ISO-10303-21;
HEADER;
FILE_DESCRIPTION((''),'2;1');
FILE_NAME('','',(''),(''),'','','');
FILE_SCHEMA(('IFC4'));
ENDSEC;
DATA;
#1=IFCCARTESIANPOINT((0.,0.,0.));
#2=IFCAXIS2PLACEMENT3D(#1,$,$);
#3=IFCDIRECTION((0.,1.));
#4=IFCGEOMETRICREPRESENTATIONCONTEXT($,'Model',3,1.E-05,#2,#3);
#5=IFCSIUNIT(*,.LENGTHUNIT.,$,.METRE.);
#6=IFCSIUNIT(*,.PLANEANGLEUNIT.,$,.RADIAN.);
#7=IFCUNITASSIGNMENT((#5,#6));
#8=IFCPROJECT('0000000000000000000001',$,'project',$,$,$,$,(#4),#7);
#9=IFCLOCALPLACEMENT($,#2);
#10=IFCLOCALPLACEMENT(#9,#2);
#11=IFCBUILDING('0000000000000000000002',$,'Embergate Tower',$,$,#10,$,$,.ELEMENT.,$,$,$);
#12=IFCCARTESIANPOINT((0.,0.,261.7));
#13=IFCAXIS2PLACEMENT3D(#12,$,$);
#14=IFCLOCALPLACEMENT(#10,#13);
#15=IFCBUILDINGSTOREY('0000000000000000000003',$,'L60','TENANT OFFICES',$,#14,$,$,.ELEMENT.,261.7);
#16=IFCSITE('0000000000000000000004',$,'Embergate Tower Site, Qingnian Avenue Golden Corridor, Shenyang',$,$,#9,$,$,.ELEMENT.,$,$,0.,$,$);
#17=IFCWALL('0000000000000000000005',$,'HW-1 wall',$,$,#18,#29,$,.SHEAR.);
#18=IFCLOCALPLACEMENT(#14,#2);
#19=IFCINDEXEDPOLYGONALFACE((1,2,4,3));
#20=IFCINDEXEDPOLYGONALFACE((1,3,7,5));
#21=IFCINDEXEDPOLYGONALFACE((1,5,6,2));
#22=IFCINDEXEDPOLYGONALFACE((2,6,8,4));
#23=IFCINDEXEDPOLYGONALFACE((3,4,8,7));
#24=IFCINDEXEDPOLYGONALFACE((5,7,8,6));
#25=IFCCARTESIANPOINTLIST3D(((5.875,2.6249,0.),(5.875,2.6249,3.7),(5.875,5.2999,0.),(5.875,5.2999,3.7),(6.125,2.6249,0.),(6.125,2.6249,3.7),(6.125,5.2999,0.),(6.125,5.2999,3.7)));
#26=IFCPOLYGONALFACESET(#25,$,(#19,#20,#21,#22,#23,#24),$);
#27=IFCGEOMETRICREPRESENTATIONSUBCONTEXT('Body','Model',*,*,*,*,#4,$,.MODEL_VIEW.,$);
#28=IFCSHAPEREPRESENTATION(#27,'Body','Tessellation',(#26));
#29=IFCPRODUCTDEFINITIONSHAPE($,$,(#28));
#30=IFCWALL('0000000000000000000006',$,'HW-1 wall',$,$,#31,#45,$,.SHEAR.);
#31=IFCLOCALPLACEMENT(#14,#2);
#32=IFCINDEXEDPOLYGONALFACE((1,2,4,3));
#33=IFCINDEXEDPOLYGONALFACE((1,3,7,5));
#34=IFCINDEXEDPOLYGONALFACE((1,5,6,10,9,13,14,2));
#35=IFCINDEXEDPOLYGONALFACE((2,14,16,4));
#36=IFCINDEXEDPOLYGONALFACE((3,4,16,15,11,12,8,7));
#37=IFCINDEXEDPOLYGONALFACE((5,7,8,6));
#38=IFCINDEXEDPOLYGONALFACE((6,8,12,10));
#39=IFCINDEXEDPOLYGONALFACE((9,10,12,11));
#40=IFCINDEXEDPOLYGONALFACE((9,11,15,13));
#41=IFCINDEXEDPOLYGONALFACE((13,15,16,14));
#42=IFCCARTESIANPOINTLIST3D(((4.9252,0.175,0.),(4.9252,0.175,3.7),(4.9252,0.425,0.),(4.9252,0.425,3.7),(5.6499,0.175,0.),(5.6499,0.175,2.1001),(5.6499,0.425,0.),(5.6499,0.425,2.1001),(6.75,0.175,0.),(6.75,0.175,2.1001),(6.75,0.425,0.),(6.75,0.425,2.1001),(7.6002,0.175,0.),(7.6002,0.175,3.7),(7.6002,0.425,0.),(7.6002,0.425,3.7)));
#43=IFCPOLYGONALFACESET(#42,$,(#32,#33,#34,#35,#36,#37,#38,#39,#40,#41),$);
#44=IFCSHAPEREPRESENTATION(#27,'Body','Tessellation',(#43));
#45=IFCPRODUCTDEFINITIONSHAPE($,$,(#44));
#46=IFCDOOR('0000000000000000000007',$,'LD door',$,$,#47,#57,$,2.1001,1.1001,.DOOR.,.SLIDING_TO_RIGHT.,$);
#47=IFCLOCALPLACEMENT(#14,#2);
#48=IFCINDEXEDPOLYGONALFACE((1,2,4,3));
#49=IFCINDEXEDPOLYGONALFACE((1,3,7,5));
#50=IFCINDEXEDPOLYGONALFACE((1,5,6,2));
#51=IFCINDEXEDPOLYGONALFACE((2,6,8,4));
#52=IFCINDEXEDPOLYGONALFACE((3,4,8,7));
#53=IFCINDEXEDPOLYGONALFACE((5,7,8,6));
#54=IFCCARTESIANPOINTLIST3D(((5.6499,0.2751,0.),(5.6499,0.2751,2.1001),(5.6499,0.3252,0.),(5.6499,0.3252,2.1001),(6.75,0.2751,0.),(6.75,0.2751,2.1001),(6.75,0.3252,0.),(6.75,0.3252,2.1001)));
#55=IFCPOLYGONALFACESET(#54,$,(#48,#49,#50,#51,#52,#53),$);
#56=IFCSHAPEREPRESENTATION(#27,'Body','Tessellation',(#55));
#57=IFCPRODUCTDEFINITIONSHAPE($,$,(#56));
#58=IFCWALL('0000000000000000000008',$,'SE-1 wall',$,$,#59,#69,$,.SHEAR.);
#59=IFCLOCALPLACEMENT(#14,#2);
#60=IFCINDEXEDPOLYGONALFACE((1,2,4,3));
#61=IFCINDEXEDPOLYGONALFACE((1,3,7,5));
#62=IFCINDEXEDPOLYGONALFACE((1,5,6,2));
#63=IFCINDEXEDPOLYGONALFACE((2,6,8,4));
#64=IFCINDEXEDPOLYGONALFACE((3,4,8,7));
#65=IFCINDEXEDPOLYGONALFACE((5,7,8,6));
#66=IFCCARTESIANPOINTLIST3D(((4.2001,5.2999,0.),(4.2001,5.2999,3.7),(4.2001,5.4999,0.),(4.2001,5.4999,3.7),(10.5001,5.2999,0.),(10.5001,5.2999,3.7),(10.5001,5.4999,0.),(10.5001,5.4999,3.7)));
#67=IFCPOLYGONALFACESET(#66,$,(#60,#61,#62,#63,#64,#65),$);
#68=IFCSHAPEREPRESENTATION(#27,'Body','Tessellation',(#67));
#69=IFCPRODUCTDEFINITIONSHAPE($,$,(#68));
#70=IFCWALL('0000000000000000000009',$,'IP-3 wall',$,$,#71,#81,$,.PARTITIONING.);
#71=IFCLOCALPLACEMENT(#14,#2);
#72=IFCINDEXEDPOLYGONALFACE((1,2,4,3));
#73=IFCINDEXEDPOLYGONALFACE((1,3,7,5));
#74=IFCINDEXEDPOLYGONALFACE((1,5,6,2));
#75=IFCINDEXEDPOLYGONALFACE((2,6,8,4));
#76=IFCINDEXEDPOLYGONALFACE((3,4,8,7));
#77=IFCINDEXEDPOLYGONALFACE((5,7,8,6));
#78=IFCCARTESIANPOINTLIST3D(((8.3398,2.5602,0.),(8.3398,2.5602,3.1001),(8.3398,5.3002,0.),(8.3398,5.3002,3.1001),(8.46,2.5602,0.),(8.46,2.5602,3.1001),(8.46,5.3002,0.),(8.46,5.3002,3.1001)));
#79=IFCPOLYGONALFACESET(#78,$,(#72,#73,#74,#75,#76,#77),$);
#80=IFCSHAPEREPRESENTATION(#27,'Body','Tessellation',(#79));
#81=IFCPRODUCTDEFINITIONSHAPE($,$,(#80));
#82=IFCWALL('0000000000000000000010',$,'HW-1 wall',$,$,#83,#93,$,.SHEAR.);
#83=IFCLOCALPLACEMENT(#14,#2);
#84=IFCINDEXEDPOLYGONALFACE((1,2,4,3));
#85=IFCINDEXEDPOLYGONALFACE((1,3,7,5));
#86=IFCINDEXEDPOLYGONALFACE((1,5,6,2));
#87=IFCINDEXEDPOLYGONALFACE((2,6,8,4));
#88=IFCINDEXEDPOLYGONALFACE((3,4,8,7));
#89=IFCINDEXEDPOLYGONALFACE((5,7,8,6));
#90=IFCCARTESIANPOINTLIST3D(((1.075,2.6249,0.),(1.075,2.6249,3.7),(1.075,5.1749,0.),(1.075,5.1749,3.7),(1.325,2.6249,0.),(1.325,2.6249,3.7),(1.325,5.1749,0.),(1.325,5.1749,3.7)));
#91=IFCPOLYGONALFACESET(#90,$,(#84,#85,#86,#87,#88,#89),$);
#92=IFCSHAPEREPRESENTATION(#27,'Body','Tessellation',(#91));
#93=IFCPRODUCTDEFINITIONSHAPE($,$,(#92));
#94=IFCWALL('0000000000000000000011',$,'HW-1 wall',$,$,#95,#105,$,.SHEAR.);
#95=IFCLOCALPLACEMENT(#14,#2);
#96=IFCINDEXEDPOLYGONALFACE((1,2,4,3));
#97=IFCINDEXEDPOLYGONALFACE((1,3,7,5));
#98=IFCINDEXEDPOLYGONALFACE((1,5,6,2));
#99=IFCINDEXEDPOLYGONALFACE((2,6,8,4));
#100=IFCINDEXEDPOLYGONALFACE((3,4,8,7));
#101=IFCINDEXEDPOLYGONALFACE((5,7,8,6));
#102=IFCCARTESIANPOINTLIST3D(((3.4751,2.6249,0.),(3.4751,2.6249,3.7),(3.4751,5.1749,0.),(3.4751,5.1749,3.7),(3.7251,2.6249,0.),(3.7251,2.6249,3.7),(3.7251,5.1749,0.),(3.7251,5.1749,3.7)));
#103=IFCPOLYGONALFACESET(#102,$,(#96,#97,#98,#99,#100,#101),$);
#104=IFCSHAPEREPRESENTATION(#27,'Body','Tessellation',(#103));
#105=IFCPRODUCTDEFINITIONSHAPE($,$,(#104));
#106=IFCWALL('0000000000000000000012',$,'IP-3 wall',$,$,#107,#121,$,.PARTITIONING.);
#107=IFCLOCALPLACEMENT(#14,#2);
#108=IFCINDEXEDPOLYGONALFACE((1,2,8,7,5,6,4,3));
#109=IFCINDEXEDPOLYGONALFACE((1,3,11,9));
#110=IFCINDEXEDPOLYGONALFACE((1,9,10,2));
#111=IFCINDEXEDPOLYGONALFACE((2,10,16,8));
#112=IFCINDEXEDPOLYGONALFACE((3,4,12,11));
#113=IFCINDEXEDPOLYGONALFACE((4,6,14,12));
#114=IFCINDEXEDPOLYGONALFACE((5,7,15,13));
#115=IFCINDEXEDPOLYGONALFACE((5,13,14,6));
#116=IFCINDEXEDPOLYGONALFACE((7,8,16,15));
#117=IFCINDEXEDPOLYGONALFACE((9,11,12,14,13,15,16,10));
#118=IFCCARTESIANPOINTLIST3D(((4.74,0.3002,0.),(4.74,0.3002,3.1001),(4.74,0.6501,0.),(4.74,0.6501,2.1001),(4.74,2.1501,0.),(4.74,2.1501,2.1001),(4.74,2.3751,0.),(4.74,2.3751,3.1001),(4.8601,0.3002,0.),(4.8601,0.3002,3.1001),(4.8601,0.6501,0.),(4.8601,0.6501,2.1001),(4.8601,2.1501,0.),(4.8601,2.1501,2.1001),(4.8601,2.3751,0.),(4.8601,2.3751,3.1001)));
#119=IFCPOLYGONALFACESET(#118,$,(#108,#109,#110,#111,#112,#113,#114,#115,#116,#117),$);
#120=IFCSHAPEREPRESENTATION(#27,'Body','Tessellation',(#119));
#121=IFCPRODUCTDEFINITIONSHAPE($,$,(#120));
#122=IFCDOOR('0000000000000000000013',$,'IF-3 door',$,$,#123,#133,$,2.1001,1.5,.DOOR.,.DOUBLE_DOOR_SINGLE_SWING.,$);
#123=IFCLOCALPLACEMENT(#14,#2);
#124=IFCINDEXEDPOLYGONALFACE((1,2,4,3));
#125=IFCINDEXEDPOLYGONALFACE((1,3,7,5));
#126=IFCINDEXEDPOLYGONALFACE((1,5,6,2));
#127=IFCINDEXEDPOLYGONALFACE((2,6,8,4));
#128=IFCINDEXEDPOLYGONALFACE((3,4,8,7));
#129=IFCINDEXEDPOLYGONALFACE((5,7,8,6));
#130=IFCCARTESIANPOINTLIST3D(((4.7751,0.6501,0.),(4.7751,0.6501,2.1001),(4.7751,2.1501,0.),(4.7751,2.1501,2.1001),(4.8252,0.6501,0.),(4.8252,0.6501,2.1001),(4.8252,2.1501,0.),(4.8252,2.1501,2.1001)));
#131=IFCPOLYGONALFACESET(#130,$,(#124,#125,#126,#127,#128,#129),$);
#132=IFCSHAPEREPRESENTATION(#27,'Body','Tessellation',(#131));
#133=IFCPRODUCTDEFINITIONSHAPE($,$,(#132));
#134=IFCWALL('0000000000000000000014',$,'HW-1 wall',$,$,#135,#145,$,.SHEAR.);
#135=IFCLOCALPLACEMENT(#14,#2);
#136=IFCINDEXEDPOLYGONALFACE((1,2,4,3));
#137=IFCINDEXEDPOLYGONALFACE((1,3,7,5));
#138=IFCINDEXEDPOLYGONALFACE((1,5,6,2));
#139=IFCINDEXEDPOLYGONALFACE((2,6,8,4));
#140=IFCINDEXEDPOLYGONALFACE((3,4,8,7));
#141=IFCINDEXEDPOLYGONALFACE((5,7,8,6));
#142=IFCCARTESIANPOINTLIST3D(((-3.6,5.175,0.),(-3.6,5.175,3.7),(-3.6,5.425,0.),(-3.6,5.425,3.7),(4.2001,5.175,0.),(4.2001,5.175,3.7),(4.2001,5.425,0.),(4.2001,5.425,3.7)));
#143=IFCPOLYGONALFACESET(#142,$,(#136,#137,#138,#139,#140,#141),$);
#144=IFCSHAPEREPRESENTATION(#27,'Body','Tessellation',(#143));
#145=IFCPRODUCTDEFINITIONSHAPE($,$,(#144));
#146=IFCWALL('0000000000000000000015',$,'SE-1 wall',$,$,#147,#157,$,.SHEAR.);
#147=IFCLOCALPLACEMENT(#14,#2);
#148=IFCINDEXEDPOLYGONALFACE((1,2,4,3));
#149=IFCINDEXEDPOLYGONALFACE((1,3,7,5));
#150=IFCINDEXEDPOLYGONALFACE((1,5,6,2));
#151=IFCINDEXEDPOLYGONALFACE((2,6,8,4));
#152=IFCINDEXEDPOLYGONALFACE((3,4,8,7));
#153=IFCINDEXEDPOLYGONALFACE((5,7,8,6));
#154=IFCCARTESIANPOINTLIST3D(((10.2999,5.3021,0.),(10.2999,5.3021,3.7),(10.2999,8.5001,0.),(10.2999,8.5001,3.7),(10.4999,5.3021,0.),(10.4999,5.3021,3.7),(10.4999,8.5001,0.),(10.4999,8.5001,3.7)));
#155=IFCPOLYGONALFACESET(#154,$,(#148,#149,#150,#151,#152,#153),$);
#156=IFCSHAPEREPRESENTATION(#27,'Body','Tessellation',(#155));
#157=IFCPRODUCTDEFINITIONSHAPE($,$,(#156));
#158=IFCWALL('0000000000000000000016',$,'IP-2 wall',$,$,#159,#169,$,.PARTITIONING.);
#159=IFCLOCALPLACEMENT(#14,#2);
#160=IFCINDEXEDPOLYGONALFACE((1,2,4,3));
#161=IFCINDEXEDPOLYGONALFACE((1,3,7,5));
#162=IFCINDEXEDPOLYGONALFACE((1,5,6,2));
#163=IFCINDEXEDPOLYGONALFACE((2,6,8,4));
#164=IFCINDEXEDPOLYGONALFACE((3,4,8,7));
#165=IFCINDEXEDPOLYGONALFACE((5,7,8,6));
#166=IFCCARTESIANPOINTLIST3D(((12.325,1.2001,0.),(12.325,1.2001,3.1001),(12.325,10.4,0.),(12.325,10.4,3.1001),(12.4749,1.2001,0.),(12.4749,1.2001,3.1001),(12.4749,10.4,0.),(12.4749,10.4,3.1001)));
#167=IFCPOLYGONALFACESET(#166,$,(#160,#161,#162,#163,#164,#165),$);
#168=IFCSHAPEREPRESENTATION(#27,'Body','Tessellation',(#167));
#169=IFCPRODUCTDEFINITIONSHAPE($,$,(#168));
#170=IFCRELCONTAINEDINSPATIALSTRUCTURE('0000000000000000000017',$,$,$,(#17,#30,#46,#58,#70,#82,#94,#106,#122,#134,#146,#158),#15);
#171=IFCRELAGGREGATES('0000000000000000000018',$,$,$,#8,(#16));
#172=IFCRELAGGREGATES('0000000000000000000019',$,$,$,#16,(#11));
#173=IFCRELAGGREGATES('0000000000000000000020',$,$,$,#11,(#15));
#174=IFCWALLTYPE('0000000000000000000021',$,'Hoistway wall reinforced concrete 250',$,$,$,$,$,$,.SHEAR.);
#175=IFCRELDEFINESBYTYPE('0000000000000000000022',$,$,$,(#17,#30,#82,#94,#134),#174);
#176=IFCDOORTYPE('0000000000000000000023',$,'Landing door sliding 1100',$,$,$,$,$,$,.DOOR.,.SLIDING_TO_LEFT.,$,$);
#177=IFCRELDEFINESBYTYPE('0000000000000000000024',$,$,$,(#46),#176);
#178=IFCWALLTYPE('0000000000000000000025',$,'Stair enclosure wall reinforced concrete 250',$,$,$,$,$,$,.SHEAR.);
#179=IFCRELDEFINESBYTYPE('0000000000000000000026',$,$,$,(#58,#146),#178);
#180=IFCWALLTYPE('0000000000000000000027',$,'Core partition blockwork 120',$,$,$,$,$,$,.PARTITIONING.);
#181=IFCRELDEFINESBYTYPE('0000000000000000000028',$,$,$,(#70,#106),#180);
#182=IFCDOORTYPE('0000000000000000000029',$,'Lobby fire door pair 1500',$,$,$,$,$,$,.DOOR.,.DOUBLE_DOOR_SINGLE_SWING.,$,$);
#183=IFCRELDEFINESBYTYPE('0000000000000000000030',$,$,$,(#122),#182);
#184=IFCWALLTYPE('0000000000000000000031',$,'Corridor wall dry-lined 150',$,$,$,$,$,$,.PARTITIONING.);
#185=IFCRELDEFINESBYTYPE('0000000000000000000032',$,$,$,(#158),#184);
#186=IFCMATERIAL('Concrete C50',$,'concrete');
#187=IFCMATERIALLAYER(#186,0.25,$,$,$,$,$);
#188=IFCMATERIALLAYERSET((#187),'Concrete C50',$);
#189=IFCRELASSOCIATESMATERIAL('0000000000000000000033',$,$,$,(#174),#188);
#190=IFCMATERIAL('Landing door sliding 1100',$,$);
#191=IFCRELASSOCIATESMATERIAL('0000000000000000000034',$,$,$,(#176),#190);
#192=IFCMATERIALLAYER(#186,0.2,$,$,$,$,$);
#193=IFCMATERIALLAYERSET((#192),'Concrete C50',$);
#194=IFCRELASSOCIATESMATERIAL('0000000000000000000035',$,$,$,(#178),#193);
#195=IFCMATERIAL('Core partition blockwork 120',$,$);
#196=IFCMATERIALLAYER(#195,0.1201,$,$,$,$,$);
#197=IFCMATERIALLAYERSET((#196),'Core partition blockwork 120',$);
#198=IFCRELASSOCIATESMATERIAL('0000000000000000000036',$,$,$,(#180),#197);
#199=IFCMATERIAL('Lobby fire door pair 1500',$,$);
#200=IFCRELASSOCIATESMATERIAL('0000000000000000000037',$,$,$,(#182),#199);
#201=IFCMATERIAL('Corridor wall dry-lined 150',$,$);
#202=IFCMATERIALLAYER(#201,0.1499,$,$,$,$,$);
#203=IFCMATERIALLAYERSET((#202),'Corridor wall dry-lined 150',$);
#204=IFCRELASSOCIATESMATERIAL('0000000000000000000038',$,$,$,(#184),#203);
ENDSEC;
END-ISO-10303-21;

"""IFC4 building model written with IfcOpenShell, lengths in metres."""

from ifc_helpers import new_model, si_unit, direction, frame, frame_2d, origin, place, context, subcontext, project, spatial, rectangle, extrude, source, transform, mapped, material, layer, layer_set, type_object, element, fill, save


model = new_model("IFC4")

# Units and contexts
model_context = context("Model", 3, precision=1e-05, world=origin(), true_north=direction((0.0, 1.0)))
body_context = subcontext(model_context, "Body", "Model", "MODEL_VIEW")
ifc_project = project(units=[si_unit("LENGTHUNIT", "METRE"), si_unit("PLANEANGLEUNIT", "RADIAN")], contexts=[model_context])

# Site, building, storey
site_placement = place(None, origin())
site = spatial("IfcSite", under=ifc_project, at=site_placement, Name="Embergate Tower Site, Qingnian Avenue Golden Corridor, Shenyang", CompositionType="ELEMENT", RefElevation=0.0)
building_placement = place(site_placement, origin())
building = spatial("IfcBuilding", under=site, at=building_placement, Name="Embergate Tower", CompositionType="ELEMENT")
storey_placement = place(building_placement, frame((0.0, 0.0, 261.7)))
storey = spatial("IfcBuildingStorey", under=building, at=storey_placement, Name="L60", Description="TENANT OFFICES", CompositionType="ELEMENT", Elevation=261.7)

# Wall
ifc_material_1 = material(Name="Concrete C50", Category="concrete")
ifc_layer_1 = layer(ifc_material_1, 0.25)
ifc_layer_set_1 = layer_set([ifc_layer_1], Name="Concrete C50")
wall_type_1 = type_object("IfcWallType", Name="Hoistway wall reinforced concrete 250", PredefinedType="SHEAR", material=ifc_layer_set_1)
shared_shape_1 = source(origin(), body_context, "Body", "SweptSolid", [
    extrude(rectangle(XDim=2.675, YDim=0.25, at=frame_2d((1.3374, 0.0))), origin(), (0.0, 0.0, 1.0), 3.7),
])
wall_1_placement = place(storey_placement, frame((6.0, 2.625, 0.0), z_axis=(0.0, 0.0, 1.0), x_axis=(0.0, 1.0, 0.0)))
element("IfcWall", 1, at=wall_1_placement, inside=storey, type_object=wall_type_1, Name="HW-1 wall", PredefinedType="SHEAR", context=body_context, shape_type="MappedRepresentation", body=[
    mapped(shared_shape_1, transform((0.0, 0.0, 0.0))),
])

# Wall, opening, door
wall_2_placement = place(storey_placement, frame((7.6001, 0.3, 0.0), z_axis=(0.0, 0.0, 1.0), x_axis=(-1.0, 0.0, 0.0)))
wall_2 = element("IfcWall", 2, at=wall_2_placement, inside=storey, type_object=wall_type_1, Name="HW-1 wall", PredefinedType="SHEAR", context=body_context, shape_type="MappedRepresentation", body=[
    mapped(shared_shape_1, transform((0.0, 0.0, 0.0))),
])
shared_shape_2 = source(origin(), body_context, "Body", "SweptSolid", [
    extrude(rectangle(XDim=1.1001, YDim=2.1001, at=frame_2d((0.55, 1.05))), frame((0.0, 0.135, 0.0), z_axis=(0.0, -1.0, 0.0), x_axis=(1.0, 0.0, 0.0)), (0.0, 0.0, 1.0), 0.27),
])
opening_1_placement = place(wall_2_placement, frame((0.8501, 0.0, 0.0)))
opening_1 = element("IfcOpeningElement", 3, at=opening_1_placement, cuts=wall_2, PredefinedType="OPENING", context=body_context, shape_type="MappedRepresentation", body=[
    mapped(shared_shape_2, transform((0.0, 0.0, 0.0))),
])
ifc_material_2 = material(Name="Landing door sliding 1100")
door_type_1 = type_object("IfcDoorType", Name="Landing door sliding 1100", OperationType="SLIDING_TO_LEFT", PredefinedType="DOOR", material=ifc_material_2)
shared_shape_3 = source(origin(), body_context, "Body", "SweptSolid", [
    extrude(rectangle(XDim=1.1001, YDim=2.1001, at=frame_2d((0.55, 1.05))), frame((0.0, 0.0249, 0.0), z_axis=(0.0, -1.0, 0.0), x_axis=(1.0, 0.0, 0.0)), (0.0, 0.0, 1.0), 0.05),
])
door_1_placement = place(opening_1_placement, origin())
door_1 = element("IfcDoor", 4, at=door_1_placement, inside=storey, type_object=door_type_1, Name="LD door", OperationType="SLIDING_TO_RIGHT", OverallHeight=2.1001, OverallWidth=1.1001, PredefinedType="DOOR", context=body_context, shape_type="MappedRepresentation", body=[
    mapped(shared_shape_3, transform((0.0, 0.0, 0.0))),
])
fill(opening_1, door_1)

# Walls
ifc_layer_2 = layer(ifc_material_1, 0.2)
ifc_layer_set_2 = layer_set([ifc_layer_2], Name="Concrete C50")
wall_type_2 = type_object("IfcWallType", Name="Stair enclosure wall reinforced concrete 250", PredefinedType="SHEAR", material=ifc_layer_set_2)
shared_shape_4 = source(origin(), body_context, "Body", "SweptSolid", [
    extrude(rectangle(XDim=6.3, YDim=0.2, at=frame_2d((3.1499, 0.0))), origin(), (0.0, 0.0, 1.0), 3.7),
])
wall_3_placement = place(storey_placement, frame((10.5, 5.3999, 0.0), z_axis=(0.0, 0.0, 1.0), x_axis=(-1.0, 0.0, 0.0)))
element("IfcWall", 5, at=wall_3_placement, inside=storey, type_object=wall_type_2, Name="SE-1 wall", PredefinedType="SHEAR", context=body_context, shape_type="MappedRepresentation", body=[
    mapped(shared_shape_4, transform((0.0, 0.0, 0.0))),
])
ifc_material_3 = material(Name="Core partition blockwork 120")
ifc_layer_3 = layer(ifc_material_3, 0.1201)
ifc_layer_set_3 = layer_set([ifc_layer_3], Name="Core partition blockwork 120")
wall_type_3 = type_object("IfcWallType", Name="Core partition blockwork 120", PredefinedType="PARTITIONING", material=ifc_layer_set_3)
shared_shape_5 = source(origin(), body_context, "Body", "SweptSolid", [
    extrude(rectangle(XDim=2.74, YDim=0.1201, at=frame_2d((1.3701, 0.0))), origin(), (0.0, 0.0, 1.0), 3.1001),
])
wall_4_placement = place(storey_placement, frame((8.3999, 2.5601, 0.0), z_axis=(0.0, 0.0, 1.0), x_axis=(0.0, 1.0, 0.0)))
element("IfcWall", 6, at=wall_4_placement, inside=storey, type_object=wall_type_3, Name="IP-3 wall", PredefinedType="PARTITIONING", context=body_context, shape_type="MappedRepresentation", body=[
    mapped(shared_shape_5, transform((0.0, 0.0, 0.0))),
])
shared_shape_6 = source(origin(), body_context, "Body", "SweptSolid", [
    extrude(rectangle(XDim=2.55, YDim=0.25, at=frame_2d((1.2749, 0.0))), origin(), (0.0, 0.0, 1.0), 3.7),
])
for number, where, z_axis, x_axis, name in (
    (7, (1.2, 2.625, 0.0), (0.0, 0.0, 1.0), (0.0, 1.0, 0.0), "HW-1 wall"),
    (8, (3.6001, 2.625, 0.0), (0.0, 0.0, 1.0), (0.0, 1.0, 0.0), "HW-1 wall"),
):
    element("IfcWall", number, at=place(storey_placement, frame(where, z_axis=z_axis, x_axis=x_axis)), inside=storey, type_object=wall_type_1, Name=name, PredefinedType="SHEAR", context=body_context, shape_type="MappedRepresentation", body=[
        mapped(shared_shape_6, transform((0.0, 0.0, 0.0))),
    ])

# Wall, opening, door
shared_shape_7 = source(origin(), body_context, "Body", "SweptSolid", [
    extrude(rectangle(XDim=2.075, YDim=0.1201, at=frame_2d((1.0376, 0.0))), origin(), (0.0, 0.0, 1.0), 3.1001),
])
wall_5_placement = place(storey_placement, frame((4.8, 0.3, 0.0), z_axis=(0.0, 0.0, 1.0), x_axis=(0.0, 1.0, 0.0)))
wall_5 = element("IfcWall", 9, at=wall_5_placement, inside=storey, type_object=wall_type_3, Name="IP-3 wall", PredefinedType="PARTITIONING", context=body_context, shape_type="MappedRepresentation", body=[
    mapped(shared_shape_7, transform((0.0, 0.0, 0.0))),
])
shared_shape_8 = source(origin(), body_context, "Body", "SweptSolid", [
    extrude(rectangle(XDim=1.5, YDim=2.1001, at=frame_2d((0.75, 1.05))), frame((0.0, 0.0701, 0.0), z_axis=(0.0, -1.0, 0.0), x_axis=(1.0, 0.0, 0.0)), (0.0, 0.0, 1.0), 0.1401),
])
opening_2_placement = place(wall_5_placement, frame((0.3501, 0.0, 0.0)))
opening_2 = element("IfcOpeningElement", 10, at=opening_2_placement, cuts=wall_5, PredefinedType="OPENING", context=body_context, shape_type="MappedRepresentation", body=[
    mapped(shared_shape_8, transform((0.0, 0.0, 0.0))),
])
ifc_material_4 = material(Name="Lobby fire door pair 1500")
door_type_2 = type_object("IfcDoorType", Name="Lobby fire door pair 1500", OperationType="DOUBLE_DOOR_SINGLE_SWING", PredefinedType="DOOR", material=ifc_material_4)
shared_shape_9 = source(origin(), body_context, "Body", "SweptSolid", [
    extrude(rectangle(XDim=1.5, YDim=2.1001, at=frame_2d((0.75, 1.05))), frame((0.0, 0.0249, 0.0), z_axis=(0.0, -1.0, 0.0), x_axis=(1.0, 0.0, 0.0)), (0.0, 0.0, 1.0), 0.05),
])
door_2_placement = place(opening_2_placement, origin())
door_2 = element("IfcDoor", 11, at=door_2_placement, inside=storey, type_object=door_type_2, Name="IF-3 door", OperationType="DOUBLE_DOOR_SINGLE_SWING", OverallHeight=2.1001, OverallWidth=1.5, PredefinedType="DOOR", context=body_context, shape_type="MappedRepresentation", body=[
    mapped(shared_shape_9, transform((0.0, 0.0, 0.0))),
])
fill(opening_2, door_2)

# Walls
shared_shape_10 = source(origin(), body_context, "Body", "SweptSolid", [
    extrude(rectangle(XDim=7.8, YDim=0.25, at=frame_2d((3.8999, 0.0))), origin(), (0.0, 0.0, 1.0), 3.7),
])
wall_6_placement = place(storey_placement, frame((4.2, 5.3, 0.0), z_axis=(0.0, 0.0, 1.0), x_axis=(-1.0, 0.0, 0.0)))
element("IfcWall", 12, at=wall_6_placement, inside=storey, type_object=wall_type_1, Name="HW-1 wall", PredefinedType="SHEAR", context=body_context, shape_type="MappedRepresentation", body=[
    mapped(shared_shape_10, transform((0.0, 0.0, 0.0))),
])
shared_shape_11 = source(origin(), body_context, "Body", "SweptSolid", [
    extrude(rectangle(XDim=3.198, YDim=0.2, at=frame_2d((1.5991, 0.0))), origin(), (0.0, 0.0, 1.0), 3.7),
])
wall_7_placement = place(storey_placement, frame((10.3999, 5.302, 0.0), z_axis=(0.0, 0.0, 1.0), x_axis=(0.0, 1.0, 0.0)))
element("IfcWall", 13, at=wall_7_placement, inside=storey, type_object=wall_type_2, Name="SE-1 wall", PredefinedType="SHEAR", context=body_context, shape_type="MappedRepresentation", body=[
    mapped(shared_shape_11, transform((0.0, 0.0, 0.0))),
])
ifc_material_5 = material(Name="Corridor wall dry-lined 150")
ifc_layer_4 = layer(ifc_material_5, 0.1499)
ifc_layer_set_4 = layer_set([ifc_layer_4], Name="Corridor wall dry-lined 150")
wall_type_4 = type_object("IfcWallType", Name="Corridor wall dry-lined 150", PredefinedType="PARTITIONING", material=ifc_layer_set_4)
shared_shape_12 = source(origin(), body_context, "Body", "SweptSolid", [
    extrude(rectangle(XDim=9.2, YDim=0.1499, at=frame_2d((4.6001, 0.0))), origin(), (0.0, 0.0, 1.0), 3.1001),
])
wall_8_placement = place(storey_placement, frame((12.3999, 1.2, 0.0), z_axis=(0.0, 0.0, 1.0), x_axis=(0.0, 1.0, 0.0)))
element("IfcWall", 14, at=wall_8_placement, inside=storey, type_object=wall_type_4, Name="IP-2 wall", PredefinedType="PARTITIONING", context=body_context, shape_type="MappedRepresentation", body=[
    mapped(shared_shape_12, transform((0.0, 0.0, 0.0))),
])

save(model, "model.ifc")
